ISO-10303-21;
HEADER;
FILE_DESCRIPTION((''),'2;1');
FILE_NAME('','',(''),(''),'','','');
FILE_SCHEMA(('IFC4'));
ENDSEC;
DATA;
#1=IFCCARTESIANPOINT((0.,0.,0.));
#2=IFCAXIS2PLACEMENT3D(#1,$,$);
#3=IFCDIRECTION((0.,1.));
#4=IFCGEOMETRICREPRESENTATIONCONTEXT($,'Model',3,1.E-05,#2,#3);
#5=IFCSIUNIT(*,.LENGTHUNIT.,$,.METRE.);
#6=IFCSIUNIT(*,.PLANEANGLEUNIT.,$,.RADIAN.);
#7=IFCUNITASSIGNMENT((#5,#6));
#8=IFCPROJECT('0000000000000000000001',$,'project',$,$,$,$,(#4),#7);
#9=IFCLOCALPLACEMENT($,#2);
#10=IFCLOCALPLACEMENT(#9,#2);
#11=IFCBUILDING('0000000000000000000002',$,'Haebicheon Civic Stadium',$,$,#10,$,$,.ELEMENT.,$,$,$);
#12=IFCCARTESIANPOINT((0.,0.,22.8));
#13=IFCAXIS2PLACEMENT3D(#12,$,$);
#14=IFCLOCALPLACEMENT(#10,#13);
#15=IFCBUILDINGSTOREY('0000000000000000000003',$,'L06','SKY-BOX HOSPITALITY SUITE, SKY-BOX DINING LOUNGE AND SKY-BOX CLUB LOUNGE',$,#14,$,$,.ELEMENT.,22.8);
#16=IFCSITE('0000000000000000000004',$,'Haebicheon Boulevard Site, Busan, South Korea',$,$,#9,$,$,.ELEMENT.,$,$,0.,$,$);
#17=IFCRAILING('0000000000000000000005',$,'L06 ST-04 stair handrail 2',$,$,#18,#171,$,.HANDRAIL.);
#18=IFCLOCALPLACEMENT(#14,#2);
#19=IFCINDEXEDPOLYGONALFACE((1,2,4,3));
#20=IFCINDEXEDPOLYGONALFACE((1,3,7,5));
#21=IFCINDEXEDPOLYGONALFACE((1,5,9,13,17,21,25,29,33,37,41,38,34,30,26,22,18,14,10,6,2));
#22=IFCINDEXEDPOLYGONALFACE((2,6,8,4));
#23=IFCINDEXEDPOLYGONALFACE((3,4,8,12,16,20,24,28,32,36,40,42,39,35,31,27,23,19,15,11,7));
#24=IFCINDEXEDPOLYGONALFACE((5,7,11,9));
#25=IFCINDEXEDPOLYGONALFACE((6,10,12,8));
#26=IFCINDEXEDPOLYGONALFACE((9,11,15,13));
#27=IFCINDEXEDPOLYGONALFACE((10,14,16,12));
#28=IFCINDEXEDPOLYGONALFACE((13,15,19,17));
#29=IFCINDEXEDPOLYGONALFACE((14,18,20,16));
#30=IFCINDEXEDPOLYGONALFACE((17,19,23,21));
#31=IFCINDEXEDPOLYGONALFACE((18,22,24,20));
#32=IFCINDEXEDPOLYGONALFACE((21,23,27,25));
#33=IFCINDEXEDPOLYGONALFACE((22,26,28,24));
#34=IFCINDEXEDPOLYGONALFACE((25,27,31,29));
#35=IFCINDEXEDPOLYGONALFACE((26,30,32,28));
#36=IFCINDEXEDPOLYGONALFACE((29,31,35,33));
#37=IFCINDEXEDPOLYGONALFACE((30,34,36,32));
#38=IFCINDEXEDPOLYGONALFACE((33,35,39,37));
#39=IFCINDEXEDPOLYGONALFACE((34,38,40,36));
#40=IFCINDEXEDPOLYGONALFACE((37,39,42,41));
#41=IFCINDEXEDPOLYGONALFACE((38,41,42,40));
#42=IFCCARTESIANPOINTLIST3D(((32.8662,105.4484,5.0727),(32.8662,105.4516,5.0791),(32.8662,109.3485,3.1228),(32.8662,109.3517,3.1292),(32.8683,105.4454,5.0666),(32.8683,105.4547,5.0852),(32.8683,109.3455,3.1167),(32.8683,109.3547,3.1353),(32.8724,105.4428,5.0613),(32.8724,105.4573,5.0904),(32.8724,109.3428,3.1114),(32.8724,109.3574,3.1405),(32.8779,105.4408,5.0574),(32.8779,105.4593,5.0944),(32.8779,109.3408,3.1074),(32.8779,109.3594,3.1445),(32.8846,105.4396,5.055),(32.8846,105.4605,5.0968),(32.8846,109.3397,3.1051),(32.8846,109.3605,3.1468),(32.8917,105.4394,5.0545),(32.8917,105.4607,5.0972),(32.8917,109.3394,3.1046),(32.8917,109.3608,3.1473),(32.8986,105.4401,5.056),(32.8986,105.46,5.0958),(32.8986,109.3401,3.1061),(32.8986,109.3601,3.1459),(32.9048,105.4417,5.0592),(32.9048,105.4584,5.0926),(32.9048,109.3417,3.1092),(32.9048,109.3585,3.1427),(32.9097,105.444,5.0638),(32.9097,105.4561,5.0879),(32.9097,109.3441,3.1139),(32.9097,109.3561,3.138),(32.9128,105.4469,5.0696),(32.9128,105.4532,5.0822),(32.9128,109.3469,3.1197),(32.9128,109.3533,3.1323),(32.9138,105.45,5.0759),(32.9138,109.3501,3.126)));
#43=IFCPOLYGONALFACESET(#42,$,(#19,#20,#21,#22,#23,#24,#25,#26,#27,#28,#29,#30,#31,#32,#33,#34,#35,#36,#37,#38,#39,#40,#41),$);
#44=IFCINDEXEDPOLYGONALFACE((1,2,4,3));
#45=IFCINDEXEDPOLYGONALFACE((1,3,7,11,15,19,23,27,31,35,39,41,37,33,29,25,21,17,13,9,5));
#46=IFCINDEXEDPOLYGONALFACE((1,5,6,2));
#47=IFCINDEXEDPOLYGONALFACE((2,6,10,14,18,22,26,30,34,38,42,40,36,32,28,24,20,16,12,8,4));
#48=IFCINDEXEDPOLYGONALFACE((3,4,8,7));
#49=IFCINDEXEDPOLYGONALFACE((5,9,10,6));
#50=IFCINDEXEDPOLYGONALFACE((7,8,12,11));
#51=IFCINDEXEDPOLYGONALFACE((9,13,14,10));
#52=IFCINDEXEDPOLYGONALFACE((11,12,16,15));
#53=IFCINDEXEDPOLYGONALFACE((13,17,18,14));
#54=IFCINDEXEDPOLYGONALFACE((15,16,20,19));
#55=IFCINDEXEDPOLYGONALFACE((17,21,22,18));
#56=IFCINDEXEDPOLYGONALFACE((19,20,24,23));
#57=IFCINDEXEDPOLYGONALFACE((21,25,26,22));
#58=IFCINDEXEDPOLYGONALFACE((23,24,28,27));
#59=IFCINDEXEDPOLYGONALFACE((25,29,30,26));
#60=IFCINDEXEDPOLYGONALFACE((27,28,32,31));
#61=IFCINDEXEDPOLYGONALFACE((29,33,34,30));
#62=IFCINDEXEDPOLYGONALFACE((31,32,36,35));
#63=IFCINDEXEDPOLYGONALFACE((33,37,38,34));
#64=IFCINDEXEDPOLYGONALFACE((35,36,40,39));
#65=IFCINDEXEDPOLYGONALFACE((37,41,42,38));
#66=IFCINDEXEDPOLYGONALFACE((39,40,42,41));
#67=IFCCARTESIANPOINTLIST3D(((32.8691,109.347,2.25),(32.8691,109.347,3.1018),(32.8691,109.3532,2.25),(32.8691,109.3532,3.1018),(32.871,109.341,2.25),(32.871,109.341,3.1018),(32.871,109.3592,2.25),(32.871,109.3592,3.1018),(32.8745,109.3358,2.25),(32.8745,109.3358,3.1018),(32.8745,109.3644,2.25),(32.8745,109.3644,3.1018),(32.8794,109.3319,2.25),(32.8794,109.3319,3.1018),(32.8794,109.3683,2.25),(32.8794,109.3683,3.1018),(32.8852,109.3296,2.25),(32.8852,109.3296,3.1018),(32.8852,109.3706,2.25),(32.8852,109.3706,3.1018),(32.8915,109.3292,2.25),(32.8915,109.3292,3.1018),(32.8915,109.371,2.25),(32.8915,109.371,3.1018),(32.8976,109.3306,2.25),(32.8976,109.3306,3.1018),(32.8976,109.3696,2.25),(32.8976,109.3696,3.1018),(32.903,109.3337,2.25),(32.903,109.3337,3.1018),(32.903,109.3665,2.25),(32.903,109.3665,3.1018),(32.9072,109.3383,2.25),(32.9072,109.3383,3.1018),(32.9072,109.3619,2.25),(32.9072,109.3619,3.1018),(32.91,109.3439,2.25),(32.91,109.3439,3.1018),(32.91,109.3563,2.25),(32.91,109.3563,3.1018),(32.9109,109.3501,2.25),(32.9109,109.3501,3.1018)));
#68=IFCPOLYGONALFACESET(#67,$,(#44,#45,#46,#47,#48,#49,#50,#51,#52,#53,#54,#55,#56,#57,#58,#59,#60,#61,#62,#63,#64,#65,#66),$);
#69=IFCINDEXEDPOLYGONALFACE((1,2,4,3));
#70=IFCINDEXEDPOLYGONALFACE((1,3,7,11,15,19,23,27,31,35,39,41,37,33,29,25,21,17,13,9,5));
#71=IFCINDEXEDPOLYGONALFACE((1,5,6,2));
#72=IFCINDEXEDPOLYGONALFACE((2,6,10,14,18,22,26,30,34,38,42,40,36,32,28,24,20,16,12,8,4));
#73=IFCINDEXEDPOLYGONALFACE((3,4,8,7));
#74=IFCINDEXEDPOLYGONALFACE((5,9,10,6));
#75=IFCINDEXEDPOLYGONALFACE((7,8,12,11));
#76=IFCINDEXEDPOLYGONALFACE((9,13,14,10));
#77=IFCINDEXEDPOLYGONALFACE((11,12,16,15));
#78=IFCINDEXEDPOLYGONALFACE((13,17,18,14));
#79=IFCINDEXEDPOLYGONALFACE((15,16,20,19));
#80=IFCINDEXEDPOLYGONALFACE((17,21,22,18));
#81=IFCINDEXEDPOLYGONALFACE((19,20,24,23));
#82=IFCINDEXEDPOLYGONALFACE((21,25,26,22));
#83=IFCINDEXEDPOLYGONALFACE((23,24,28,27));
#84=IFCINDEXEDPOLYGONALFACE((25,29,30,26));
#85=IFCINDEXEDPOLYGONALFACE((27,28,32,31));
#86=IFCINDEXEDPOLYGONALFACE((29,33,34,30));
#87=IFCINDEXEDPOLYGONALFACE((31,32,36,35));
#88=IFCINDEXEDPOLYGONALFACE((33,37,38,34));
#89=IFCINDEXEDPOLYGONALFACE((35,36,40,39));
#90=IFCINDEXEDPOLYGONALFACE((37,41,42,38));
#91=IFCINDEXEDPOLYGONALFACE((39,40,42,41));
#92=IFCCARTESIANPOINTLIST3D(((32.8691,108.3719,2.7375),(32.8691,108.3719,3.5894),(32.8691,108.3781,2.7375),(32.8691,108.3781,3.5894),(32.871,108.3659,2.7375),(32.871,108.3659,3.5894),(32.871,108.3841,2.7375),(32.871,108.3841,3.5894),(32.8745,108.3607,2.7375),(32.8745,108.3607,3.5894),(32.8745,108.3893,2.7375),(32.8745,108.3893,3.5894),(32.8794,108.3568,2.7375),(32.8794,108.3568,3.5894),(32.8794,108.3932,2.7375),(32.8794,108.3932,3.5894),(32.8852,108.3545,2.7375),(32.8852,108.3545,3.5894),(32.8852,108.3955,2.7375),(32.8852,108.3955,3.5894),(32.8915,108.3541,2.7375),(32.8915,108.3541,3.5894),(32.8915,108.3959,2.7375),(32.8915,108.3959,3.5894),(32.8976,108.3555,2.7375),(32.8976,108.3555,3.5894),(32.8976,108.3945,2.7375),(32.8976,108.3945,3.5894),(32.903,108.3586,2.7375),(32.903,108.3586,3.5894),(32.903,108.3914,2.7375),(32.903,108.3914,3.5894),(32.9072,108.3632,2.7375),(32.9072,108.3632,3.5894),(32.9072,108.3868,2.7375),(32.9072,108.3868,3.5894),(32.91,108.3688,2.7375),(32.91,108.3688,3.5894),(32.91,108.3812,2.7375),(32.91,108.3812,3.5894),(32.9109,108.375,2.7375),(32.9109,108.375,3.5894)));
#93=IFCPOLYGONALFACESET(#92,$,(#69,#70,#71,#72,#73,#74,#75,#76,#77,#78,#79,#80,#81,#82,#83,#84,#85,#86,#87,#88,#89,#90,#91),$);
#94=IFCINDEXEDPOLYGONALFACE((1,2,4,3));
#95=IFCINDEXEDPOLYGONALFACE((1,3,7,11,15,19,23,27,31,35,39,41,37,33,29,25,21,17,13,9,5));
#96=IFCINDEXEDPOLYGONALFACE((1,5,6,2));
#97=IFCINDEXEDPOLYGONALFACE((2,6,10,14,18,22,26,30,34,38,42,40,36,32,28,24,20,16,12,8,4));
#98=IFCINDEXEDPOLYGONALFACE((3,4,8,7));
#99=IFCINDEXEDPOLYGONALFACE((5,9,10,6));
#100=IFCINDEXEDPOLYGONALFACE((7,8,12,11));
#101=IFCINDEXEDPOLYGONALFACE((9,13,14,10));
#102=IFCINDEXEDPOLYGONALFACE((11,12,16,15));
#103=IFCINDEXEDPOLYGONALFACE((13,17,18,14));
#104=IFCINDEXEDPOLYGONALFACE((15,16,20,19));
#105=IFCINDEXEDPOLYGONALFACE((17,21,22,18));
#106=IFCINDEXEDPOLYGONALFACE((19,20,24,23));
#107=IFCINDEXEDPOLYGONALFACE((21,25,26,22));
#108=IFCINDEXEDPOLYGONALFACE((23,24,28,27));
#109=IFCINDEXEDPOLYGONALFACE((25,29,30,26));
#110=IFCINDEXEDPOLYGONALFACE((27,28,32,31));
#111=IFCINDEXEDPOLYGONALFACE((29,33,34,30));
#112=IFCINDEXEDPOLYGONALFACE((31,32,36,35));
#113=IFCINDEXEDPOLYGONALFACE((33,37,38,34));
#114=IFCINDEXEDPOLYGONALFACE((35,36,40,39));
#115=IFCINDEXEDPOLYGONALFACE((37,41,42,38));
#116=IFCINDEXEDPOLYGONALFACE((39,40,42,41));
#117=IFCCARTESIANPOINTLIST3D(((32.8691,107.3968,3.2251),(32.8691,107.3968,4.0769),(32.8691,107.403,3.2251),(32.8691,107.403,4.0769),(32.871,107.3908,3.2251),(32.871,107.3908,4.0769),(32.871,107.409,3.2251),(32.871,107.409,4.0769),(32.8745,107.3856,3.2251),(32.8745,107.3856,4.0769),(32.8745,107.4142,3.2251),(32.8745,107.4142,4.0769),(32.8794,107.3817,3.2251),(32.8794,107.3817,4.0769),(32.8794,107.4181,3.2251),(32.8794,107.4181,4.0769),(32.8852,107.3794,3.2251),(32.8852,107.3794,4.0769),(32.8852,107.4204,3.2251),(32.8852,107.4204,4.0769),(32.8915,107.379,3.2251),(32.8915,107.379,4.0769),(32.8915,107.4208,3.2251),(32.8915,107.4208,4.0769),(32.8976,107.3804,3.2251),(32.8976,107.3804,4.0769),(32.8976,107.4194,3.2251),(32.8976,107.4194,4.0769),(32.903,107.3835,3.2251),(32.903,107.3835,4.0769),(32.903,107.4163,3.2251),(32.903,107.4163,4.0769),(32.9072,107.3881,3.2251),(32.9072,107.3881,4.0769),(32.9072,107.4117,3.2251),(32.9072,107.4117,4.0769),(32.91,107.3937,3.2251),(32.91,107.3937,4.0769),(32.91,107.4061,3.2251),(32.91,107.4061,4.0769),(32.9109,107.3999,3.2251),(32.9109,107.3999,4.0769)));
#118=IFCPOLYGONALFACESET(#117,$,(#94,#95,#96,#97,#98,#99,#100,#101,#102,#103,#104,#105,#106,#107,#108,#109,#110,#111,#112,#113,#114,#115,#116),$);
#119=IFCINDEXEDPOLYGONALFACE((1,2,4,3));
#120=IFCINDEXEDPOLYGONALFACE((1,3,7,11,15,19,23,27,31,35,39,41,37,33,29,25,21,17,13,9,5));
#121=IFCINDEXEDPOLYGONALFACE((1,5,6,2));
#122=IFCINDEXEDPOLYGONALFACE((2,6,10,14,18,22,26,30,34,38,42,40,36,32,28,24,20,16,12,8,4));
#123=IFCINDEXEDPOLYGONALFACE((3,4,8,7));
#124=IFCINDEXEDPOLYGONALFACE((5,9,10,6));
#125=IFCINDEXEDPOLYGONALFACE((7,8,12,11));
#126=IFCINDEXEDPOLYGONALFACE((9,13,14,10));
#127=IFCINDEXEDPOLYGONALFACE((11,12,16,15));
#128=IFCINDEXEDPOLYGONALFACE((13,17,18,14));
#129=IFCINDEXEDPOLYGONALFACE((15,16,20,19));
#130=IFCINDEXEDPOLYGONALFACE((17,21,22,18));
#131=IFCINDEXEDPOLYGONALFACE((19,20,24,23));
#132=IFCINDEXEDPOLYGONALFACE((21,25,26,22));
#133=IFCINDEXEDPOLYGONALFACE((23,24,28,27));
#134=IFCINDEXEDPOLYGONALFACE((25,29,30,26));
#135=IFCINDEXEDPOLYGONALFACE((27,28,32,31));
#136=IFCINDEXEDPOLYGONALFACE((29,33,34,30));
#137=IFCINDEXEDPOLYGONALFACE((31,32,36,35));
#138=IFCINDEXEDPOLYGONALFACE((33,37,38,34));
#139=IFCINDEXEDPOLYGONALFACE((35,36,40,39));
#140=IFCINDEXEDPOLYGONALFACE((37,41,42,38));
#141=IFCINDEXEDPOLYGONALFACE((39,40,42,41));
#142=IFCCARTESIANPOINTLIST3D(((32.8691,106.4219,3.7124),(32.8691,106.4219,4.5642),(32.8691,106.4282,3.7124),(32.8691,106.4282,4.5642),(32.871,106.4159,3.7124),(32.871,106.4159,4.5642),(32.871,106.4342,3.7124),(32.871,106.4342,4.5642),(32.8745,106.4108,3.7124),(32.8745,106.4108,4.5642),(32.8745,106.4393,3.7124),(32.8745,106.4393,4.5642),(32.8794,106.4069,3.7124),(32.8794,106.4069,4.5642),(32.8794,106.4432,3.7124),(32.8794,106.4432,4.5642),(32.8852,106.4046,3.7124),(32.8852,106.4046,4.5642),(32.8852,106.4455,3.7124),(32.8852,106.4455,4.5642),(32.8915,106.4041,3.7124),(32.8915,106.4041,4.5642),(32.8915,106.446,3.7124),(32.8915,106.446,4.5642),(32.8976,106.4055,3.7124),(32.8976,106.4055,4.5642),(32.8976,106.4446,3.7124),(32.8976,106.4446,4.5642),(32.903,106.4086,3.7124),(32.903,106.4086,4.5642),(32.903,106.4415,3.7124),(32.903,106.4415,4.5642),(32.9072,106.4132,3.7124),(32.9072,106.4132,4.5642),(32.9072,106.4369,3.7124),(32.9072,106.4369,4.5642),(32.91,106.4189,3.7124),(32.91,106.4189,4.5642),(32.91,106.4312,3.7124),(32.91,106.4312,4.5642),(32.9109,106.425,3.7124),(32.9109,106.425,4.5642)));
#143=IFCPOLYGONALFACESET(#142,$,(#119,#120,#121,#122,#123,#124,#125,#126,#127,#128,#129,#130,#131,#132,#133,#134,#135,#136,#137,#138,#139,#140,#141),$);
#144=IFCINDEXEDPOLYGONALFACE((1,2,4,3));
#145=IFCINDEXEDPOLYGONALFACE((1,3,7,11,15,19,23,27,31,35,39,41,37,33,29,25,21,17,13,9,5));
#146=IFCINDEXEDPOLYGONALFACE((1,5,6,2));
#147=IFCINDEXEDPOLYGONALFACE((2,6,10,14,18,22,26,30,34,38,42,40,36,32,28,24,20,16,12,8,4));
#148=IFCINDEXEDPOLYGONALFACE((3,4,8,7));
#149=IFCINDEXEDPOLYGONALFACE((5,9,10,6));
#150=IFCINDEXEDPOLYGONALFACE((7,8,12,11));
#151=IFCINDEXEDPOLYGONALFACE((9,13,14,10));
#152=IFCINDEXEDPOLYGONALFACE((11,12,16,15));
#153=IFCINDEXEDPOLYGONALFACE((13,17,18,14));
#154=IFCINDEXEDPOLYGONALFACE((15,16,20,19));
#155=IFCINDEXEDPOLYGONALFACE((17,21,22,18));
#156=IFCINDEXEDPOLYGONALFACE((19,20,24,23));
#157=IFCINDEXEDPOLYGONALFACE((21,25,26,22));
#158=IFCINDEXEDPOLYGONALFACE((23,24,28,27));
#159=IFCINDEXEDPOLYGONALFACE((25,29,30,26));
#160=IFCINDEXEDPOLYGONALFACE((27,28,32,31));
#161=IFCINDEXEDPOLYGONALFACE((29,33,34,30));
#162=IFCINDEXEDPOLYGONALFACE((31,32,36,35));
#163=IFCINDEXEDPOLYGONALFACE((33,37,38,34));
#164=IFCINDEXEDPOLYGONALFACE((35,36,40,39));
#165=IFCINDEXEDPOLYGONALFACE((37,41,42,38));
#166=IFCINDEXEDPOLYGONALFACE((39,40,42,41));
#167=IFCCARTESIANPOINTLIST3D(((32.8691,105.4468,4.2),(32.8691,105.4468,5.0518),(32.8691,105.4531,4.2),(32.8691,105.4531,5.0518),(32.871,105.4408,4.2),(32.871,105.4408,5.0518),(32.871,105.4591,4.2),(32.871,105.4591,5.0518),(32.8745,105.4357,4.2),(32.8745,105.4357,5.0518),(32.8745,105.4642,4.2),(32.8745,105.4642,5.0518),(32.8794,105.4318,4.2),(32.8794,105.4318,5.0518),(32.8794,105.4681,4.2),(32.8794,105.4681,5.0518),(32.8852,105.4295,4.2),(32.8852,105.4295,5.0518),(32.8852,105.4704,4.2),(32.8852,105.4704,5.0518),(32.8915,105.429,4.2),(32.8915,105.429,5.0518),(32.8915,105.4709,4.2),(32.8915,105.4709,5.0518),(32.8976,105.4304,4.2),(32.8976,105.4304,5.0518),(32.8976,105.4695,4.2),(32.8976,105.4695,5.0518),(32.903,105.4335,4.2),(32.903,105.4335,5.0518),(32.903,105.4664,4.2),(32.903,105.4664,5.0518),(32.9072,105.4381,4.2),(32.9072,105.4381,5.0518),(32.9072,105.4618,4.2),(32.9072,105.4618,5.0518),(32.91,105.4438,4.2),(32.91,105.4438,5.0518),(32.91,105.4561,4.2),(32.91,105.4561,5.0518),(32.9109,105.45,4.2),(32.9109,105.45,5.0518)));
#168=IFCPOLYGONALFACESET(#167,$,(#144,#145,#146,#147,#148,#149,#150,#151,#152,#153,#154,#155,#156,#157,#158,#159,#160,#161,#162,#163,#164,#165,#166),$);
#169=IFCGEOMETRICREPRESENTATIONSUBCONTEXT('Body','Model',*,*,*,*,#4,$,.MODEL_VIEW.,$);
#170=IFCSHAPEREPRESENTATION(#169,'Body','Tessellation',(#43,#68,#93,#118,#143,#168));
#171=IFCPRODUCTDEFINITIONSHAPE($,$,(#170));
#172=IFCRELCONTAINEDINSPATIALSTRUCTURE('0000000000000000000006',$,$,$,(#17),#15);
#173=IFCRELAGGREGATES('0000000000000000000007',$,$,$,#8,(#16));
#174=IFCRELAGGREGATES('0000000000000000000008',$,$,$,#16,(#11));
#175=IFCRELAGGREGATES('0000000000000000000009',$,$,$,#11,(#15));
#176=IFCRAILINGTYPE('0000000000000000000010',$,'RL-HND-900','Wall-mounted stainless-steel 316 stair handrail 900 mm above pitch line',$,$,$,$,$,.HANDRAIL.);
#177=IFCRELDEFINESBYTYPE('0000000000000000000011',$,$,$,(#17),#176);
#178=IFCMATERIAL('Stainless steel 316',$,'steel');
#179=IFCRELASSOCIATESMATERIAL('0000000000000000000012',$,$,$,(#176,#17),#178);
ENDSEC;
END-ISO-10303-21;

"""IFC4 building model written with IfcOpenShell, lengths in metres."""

from ifc_helpers import new_model, si_unit, direction, frame, origin, origin_2d, place, context, subcontext, project, spatial, circle, extrude, material, type_object, element, save


model = new_model("IFC4")

# Units and contexts
model_context = context("Model", 3, precision=1e-05, world=origin(), true_north=direction((0.0, 1.0)))
body_context = subcontext(model_context, "Body", "Model", "MODEL_VIEW")
ifc_project = project(units=[si_unit("LENGTHUNIT", "METRE"), si_unit("PLANEANGLEUNIT", "RADIAN")], contexts=[model_context])

# Site, building, storey
site_placement = place(None, origin())
site = spatial("IfcSite", under=ifc_project, at=site_placement, Name="Haebicheon Boulevard Site, Busan, South Korea", CompositionType="ELEMENT", RefElevation=0.0)
building_placement = place(site_placement, origin())
building = spatial("IfcBuilding", under=site, at=building_placement, Name="Haebicheon Civic Stadium", CompositionType="ELEMENT")
storey_placement = place(building_placement, frame((0.0, 0.0, 22.8)))
storey = spatial("IfcBuildingStorey", under=building, at=storey_placement, Name="L06", Description="SKY-BOX HOSPITALITY SUITE, SKY-BOX DINING LOUNGE AND SKY-BOX CLUB LOUNGE", CompositionType="ELEMENT", Elevation=22.8)

# Railing
ifc_material_1 = material(Name="Stainless steel 316", Category="steel")
railing_type_1 = type_object("IfcRailingType", Name="RL-HND-900", Description="Wall-mounted stainless-steel 316 stair handrail 900 mm above pitch line", PredefinedType="HANDRAIL", material=ifc_material_1)
railing_1_placement = place(storey_placement, frame((32.8899, 109.3501, 2.25)))
element("IfcRailing", 1, at=railing_1_placement, inside=storey, type_object=railing_type_1, material=ifc_material_1, Name="L06 ST-04 stair handrail 2", PredefinedType="HANDRAIL", context=body_context, shape_type="SweptSolid", body=[
    extrude(circle(Radius=0.0239, at=origin_2d()), frame((0.0, 0.0, 0.876), z_axis=(0.0, -0.894438, 0.447191), x_axis=(1.0, 0.0, 0.0)), (0.0, 0.0, 1.0), 4.3604),
    extrude(circle(Radius=0.021, at=origin_2d()), origin(), (0.0, 0.0, 1.0), 0.8518),
    extrude(circle(Radius=0.021, at=origin_2d()), frame((0.0, -0.9751, 0.4875)), (0.0, 0.0, 1.0), 0.8518),
    extrude(circle(Radius=0.021, at=origin_2d()), frame((0.0, -1.9502, 0.9751)), (0.0, 0.0, 1.0), 0.8518),
    extrude(circle(Radius=0.021, at=origin_2d()), frame((0.0, -2.925, 1.4624)), (0.0, 0.0, 1.0), 0.8518),
    extrude(circle(Radius=0.021, at=origin_2d()), frame((0.0, -3.9001, 1.95)), (0.0, 0.0, 1.0), 0.8518),
])

save(model, "model.ifc")
